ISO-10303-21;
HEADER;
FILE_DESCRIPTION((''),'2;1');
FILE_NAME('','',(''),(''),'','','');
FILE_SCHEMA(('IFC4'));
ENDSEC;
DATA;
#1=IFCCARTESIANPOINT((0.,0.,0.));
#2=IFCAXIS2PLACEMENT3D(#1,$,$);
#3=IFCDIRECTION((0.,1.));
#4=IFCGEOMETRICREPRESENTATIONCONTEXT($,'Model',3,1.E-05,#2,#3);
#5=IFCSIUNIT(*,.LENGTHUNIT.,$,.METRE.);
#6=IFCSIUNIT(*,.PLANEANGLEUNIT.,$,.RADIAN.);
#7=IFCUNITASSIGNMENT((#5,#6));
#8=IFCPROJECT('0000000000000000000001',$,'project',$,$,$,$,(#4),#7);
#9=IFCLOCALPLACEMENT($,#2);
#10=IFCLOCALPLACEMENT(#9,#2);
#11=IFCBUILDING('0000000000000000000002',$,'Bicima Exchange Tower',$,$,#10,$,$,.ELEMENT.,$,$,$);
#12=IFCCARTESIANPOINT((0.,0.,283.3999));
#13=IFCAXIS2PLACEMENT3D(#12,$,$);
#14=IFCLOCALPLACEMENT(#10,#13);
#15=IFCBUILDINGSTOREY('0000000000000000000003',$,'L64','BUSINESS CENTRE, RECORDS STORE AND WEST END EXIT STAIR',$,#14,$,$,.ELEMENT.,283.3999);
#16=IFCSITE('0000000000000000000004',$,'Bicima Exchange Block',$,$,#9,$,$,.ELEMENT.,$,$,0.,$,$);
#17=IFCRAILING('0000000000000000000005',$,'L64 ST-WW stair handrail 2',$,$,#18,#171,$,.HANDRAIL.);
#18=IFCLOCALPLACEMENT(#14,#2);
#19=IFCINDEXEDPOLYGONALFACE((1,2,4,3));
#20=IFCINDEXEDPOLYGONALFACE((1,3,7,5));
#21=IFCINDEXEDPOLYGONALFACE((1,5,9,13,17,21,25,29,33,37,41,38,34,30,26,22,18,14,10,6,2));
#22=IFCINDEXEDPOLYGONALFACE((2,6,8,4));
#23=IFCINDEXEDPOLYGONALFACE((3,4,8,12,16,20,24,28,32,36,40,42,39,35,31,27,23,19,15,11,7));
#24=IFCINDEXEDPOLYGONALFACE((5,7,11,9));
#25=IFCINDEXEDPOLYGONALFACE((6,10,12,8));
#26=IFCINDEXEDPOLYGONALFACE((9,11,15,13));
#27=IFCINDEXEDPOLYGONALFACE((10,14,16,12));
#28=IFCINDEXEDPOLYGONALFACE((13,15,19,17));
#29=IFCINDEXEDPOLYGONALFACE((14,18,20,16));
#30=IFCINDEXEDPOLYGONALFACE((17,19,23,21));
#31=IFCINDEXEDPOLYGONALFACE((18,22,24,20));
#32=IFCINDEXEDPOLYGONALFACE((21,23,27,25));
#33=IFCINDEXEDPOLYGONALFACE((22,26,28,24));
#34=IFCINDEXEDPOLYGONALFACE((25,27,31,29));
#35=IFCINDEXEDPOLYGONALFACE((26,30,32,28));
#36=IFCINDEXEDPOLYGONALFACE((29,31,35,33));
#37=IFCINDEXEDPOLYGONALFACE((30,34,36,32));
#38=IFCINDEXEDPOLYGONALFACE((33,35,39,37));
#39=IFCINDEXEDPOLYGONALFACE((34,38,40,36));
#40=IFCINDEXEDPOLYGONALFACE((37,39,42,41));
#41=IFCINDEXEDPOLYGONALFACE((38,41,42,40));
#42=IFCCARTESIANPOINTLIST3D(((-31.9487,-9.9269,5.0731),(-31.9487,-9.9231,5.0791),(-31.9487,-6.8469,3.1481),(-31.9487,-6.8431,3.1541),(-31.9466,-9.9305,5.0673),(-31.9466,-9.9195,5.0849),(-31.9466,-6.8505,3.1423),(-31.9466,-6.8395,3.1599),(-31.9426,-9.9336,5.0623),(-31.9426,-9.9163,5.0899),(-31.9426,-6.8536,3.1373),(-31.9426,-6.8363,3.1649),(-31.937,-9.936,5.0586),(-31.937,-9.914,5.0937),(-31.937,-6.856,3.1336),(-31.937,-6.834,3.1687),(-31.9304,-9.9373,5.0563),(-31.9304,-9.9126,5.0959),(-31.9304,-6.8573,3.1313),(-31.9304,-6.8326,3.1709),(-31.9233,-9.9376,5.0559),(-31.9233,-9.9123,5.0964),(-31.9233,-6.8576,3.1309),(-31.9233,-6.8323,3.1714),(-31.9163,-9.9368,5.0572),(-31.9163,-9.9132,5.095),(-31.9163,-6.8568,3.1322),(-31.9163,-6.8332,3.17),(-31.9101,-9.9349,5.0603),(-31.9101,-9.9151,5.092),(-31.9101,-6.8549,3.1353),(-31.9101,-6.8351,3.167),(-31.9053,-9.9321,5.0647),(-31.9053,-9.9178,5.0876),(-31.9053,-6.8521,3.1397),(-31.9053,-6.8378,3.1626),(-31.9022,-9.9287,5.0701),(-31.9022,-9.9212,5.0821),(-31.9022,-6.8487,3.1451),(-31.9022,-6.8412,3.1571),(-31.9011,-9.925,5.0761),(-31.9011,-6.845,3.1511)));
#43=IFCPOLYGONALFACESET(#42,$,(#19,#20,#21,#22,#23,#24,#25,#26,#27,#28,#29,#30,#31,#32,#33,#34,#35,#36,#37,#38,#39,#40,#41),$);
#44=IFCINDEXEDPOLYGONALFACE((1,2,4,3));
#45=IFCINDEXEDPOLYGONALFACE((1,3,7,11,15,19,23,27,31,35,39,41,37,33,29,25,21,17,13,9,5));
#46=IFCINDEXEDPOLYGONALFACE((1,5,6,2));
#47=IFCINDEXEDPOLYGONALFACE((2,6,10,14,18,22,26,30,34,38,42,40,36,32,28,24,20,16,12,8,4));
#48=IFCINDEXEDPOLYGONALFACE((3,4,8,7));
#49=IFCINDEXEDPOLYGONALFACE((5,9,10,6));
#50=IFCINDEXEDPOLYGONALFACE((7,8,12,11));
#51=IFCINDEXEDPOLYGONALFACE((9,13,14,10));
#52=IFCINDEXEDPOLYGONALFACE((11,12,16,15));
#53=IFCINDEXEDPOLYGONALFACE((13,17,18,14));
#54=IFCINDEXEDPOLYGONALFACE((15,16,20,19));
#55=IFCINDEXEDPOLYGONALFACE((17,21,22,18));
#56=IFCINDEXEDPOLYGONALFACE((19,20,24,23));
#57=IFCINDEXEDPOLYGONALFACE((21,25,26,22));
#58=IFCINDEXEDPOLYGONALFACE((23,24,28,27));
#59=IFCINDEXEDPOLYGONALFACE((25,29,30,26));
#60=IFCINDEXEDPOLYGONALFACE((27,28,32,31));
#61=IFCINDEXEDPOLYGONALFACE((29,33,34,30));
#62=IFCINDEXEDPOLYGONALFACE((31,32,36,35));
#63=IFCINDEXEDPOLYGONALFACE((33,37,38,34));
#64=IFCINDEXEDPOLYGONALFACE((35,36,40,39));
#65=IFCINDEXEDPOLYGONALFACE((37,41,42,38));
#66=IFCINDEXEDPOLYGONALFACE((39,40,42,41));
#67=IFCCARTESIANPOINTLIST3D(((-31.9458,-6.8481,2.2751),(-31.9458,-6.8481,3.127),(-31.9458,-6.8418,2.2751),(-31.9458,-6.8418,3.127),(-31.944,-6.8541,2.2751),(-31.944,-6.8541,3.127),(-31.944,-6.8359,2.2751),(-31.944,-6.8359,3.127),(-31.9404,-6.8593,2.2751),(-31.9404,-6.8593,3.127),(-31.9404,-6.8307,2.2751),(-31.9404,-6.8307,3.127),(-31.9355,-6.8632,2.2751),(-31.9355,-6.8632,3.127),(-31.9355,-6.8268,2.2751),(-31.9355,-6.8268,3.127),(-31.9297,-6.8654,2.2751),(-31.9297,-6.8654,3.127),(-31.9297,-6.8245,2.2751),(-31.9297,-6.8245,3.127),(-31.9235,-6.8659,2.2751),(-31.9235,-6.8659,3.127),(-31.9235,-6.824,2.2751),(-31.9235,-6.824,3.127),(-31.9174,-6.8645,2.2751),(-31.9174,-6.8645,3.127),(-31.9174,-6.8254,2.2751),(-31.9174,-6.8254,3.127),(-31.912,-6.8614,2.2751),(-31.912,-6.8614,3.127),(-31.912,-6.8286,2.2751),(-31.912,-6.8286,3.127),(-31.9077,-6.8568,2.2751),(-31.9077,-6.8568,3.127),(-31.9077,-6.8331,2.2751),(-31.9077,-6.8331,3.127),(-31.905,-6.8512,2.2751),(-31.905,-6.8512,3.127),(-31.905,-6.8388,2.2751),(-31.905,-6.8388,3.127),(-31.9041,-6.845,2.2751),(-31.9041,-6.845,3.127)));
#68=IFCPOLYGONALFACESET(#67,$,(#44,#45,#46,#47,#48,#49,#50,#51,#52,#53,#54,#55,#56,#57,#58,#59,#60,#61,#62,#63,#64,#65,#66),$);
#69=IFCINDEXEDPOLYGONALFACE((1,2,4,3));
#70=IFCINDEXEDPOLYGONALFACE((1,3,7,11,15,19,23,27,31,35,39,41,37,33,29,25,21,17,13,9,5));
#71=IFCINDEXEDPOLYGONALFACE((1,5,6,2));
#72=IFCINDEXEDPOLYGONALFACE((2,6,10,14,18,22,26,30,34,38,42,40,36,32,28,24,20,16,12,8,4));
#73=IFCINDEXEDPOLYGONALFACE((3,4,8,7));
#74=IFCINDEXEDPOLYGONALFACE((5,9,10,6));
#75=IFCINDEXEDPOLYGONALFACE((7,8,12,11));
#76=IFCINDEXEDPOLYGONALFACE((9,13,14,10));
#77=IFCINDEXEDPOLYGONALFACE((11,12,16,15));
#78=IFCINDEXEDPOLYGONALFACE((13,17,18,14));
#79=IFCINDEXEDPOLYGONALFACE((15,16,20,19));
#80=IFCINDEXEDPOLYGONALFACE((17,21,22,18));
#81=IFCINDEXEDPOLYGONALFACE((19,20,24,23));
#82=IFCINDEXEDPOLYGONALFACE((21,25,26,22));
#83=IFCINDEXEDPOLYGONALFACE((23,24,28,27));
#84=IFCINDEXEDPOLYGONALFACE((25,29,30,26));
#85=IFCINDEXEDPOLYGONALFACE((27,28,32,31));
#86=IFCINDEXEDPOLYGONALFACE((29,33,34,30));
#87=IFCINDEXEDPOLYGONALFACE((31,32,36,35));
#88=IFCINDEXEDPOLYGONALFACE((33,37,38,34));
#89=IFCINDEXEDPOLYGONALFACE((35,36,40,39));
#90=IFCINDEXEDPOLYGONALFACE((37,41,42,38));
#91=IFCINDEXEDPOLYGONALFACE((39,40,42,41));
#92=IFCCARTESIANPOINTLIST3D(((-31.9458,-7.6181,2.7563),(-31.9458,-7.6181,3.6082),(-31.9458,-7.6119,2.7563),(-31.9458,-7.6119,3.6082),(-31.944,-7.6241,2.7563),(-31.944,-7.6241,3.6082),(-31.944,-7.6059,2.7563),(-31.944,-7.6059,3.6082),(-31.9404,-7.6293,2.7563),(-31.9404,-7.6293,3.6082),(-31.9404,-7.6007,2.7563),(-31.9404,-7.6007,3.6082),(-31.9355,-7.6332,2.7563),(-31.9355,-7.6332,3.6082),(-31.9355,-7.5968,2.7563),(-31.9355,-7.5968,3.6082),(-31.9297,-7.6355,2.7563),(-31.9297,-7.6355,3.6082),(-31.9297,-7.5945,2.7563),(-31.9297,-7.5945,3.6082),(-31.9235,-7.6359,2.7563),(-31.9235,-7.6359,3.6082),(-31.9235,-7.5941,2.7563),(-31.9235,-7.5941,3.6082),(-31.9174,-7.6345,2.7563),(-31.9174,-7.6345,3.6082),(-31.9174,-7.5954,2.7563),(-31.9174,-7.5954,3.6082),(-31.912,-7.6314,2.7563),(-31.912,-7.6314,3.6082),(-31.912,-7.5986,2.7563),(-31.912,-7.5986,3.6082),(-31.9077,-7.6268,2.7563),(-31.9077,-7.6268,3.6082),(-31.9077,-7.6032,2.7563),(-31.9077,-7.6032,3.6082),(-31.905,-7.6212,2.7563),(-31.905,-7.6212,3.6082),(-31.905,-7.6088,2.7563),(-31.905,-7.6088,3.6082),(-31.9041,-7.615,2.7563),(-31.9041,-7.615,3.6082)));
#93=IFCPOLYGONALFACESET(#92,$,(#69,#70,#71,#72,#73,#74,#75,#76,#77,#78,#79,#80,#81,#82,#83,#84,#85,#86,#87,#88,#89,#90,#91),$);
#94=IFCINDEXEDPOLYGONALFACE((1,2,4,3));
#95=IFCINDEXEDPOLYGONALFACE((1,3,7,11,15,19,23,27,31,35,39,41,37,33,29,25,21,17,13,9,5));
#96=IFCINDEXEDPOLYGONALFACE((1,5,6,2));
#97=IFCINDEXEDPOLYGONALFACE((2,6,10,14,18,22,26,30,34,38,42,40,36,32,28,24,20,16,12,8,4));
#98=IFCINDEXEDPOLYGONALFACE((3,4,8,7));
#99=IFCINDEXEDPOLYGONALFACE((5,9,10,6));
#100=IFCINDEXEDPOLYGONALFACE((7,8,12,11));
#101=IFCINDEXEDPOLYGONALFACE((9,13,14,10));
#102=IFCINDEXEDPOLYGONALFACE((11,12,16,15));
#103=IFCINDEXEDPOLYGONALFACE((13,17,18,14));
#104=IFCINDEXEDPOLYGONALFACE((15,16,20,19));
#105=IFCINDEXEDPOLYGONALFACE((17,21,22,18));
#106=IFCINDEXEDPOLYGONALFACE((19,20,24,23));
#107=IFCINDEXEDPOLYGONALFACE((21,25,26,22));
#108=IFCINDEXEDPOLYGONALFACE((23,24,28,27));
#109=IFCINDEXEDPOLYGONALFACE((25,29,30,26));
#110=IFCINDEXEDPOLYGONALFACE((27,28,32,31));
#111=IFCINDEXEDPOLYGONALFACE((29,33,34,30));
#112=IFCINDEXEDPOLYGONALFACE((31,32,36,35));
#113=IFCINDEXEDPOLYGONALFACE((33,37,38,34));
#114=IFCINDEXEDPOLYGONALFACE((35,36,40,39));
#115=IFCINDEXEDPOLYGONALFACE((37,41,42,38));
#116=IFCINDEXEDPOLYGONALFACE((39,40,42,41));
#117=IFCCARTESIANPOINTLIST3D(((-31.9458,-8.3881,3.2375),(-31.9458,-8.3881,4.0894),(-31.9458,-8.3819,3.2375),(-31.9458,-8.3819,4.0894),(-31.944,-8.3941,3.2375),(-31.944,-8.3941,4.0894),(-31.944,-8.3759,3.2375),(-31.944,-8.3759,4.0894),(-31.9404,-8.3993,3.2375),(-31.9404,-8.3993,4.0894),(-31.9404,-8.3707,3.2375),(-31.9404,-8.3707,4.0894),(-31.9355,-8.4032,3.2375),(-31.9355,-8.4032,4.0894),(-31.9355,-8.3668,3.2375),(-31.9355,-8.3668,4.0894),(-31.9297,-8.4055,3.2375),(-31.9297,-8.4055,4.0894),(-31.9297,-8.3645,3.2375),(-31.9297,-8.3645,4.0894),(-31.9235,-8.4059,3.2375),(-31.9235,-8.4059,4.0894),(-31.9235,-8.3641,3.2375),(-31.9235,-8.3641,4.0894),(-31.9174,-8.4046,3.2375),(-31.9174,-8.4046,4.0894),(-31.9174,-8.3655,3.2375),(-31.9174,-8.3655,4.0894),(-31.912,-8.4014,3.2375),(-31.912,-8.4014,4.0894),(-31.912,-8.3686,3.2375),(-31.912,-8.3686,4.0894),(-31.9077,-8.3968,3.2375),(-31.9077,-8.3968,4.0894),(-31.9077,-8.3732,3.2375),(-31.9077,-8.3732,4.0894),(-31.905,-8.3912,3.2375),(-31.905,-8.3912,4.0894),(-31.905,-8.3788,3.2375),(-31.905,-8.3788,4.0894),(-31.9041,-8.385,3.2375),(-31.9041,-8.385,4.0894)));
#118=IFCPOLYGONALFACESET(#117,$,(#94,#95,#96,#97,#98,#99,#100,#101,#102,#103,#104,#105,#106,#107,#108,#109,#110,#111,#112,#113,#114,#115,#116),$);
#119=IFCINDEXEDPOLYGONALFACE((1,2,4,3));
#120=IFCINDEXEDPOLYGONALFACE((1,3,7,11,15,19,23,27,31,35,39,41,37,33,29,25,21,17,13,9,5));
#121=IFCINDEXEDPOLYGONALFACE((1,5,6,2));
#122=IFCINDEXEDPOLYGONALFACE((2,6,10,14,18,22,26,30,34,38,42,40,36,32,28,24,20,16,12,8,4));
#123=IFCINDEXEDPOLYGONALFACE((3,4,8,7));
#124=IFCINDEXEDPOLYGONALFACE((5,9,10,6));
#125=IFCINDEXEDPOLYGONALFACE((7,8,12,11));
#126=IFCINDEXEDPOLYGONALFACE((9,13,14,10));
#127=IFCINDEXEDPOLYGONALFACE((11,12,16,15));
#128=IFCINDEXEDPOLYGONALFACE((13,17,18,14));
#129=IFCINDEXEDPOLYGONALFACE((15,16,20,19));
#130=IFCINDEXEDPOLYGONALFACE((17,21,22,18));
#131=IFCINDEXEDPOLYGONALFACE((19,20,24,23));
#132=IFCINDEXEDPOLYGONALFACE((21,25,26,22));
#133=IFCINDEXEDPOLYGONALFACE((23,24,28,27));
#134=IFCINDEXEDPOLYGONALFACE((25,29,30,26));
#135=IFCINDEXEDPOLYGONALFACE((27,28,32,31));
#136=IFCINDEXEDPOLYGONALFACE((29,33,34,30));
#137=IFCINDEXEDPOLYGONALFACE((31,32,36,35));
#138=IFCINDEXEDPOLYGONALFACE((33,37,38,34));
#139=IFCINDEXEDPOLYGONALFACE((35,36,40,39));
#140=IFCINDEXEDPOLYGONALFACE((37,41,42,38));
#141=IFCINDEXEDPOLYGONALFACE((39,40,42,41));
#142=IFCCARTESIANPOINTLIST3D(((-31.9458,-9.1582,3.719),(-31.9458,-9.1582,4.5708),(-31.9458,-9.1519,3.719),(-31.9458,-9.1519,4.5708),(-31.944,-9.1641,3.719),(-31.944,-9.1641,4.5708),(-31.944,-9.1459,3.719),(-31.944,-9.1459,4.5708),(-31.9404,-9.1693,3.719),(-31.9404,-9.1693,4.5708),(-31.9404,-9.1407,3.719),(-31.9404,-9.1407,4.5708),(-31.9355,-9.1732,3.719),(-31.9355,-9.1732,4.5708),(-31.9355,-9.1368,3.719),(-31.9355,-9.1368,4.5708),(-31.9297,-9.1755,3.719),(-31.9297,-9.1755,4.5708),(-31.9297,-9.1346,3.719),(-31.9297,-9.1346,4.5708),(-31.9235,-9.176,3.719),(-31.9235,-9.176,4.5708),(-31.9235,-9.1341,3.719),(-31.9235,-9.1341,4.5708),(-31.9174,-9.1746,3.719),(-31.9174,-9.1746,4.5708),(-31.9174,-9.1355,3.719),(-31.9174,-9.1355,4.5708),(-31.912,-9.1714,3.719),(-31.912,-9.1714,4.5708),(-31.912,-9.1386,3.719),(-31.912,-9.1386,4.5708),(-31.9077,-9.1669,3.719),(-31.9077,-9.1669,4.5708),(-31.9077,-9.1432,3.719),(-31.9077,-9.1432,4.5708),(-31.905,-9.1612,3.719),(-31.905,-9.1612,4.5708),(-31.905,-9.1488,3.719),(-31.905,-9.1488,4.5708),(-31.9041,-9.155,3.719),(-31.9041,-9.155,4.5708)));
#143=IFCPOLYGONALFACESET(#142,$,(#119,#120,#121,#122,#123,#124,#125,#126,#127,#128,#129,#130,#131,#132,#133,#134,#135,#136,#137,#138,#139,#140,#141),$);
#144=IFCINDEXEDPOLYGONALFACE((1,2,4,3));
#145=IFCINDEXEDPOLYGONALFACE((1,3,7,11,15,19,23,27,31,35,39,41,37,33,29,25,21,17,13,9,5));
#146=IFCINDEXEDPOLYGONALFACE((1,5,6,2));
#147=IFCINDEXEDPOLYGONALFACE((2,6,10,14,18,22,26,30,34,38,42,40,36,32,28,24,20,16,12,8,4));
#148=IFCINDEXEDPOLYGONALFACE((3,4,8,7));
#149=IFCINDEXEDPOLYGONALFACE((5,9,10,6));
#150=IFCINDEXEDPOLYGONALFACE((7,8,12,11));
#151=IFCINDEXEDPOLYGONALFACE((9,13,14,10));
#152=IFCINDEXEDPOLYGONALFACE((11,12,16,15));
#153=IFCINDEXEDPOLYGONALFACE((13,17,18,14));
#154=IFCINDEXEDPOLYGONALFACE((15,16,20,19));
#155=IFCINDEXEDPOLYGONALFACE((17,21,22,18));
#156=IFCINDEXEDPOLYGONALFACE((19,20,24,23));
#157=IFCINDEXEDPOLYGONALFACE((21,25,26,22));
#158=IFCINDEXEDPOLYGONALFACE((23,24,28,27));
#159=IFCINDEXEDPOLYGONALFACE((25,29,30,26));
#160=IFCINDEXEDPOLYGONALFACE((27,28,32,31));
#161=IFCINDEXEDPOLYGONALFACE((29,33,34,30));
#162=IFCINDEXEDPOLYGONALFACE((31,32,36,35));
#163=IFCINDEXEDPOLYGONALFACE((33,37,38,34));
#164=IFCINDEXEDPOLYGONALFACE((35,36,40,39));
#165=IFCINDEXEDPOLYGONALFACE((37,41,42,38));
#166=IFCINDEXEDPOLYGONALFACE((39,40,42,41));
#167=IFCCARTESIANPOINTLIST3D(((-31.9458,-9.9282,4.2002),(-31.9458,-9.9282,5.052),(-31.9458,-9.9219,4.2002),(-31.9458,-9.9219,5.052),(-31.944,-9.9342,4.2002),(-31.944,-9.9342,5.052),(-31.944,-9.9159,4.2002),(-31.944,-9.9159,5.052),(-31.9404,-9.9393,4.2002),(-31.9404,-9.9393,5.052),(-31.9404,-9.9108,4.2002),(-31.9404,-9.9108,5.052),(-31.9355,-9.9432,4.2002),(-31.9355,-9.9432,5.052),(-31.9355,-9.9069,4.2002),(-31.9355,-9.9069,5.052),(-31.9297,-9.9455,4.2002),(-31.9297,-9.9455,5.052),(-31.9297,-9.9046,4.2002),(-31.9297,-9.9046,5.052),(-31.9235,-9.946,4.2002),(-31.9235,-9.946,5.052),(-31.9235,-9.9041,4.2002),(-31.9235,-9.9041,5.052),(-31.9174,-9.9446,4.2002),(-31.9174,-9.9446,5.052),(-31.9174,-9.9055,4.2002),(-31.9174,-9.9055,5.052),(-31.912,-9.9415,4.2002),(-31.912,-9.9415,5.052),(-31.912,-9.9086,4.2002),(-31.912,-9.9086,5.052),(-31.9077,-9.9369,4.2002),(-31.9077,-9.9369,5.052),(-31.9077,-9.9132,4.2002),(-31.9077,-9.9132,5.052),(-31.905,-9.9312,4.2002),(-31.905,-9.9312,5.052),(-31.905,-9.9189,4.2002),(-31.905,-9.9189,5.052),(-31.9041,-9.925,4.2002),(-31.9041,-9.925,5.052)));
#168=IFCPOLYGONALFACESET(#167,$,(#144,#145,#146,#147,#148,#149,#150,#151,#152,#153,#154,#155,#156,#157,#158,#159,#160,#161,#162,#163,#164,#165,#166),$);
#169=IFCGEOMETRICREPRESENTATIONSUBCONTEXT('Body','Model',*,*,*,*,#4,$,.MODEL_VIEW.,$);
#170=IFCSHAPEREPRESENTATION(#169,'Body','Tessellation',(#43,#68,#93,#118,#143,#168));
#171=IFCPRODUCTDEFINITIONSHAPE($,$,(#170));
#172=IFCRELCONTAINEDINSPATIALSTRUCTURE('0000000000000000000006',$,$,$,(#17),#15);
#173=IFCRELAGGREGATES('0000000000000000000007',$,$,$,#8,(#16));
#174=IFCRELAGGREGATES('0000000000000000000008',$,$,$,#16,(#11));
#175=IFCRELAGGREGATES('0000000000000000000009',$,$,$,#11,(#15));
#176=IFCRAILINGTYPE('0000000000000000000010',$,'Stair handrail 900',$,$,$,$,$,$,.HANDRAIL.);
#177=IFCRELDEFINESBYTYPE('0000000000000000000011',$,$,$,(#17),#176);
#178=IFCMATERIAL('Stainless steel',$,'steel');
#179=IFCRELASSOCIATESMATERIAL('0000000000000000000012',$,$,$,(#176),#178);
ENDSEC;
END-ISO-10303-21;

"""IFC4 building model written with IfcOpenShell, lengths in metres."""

from ifc_helpers import new_model, si_unit, direction, frame, origin, origin_2d, place, context, subcontext, project, spatial, circle, extrude, material, type_object, element, save


model = new_model("IFC4")

# Units and contexts
model_context = context("Model", 3, precision=1e-05, world=origin(), true_north=direction((0.0, 1.0)))
body_context = subcontext(model_context, "Body", "Model", "MODEL_VIEW")
ifc_project = project(units=[si_unit("LENGTHUNIT", "METRE"), si_unit("PLANEANGLEUNIT", "RADIAN")], contexts=[model_context])

# Site, building, storey
site_placement = place(None, origin())
site = spatial("IfcSite", under=ifc_project, at=site_placement, Name="Bicima Exchange Block", CompositionType="ELEMENT", RefElevation=0.0)
building_placement = place(site_placement, origin())
building = spatial("IfcBuilding", under=site, at=building_placement, Name="Bicima Exchange Tower", CompositionType="ELEMENT")
storey_placement = place(building_placement, frame((0.0, 0.0, 283.3999)))
storey = spatial("IfcBuildingStorey", under=building, at=storey_placement, Name="L64", Description="BUSINESS CENTRE, RECORDS STORE AND WEST END EXIT STAIR", CompositionType="ELEMENT", Elevation=283.3999)

# Railing
ifc_material_1 = material(Name="Stainless steel", Category="steel")
railing_type = type_object("IfcRailingType", Name="Stair handrail 900", PredefinedType="HANDRAIL", material=ifc_material_1)
railing_placement = place(storey_placement, frame((-31.925, -6.845, 2.2751)))
element("IfcRailing", 1, at=railing_placement, inside=storey, type_object=railing_type, Name="L64 ST-WW stair handrail 2", PredefinedType="HANDRAIL", context=body_context, shape_type="SweptSolid", body=[
    extrude(circle(Radius=0.0239, at=origin_2d()), frame((0.0, 0.0, 0.876), z_axis=(0.0, -0.847998, 0.529999), x_axis=(1.0, 0.0, 0.0)), (0.0, 0.0, 1.0), 3.6321),
    extrude(circle(Radius=0.021, at=origin_2d()), origin(), (0.0, 0.0, 1.0), 0.8518),
    extrude(circle(Radius=0.021, at=origin_2d()), frame((0.0, -0.77, 0.4812)), (0.0, 0.0, 1.0), 0.8518),
    extrude(circle(Radius=0.021, at=origin_2d()), frame((0.0, -1.54, 0.9624)), (0.0, 0.0, 1.0), 0.8518),
    extrude(circle(Radius=0.021, at=origin_2d()), frame((0.0, -2.3101, 1.4438)), (0.0, 0.0, 1.0), 0.8518),
    extrude(circle(Radius=0.021, at=origin_2d()), frame((0.0, -3.0801, 1.925)), (0.0, 0.0, 1.0), 0.8518),
])

save(model, "model.ifc")
